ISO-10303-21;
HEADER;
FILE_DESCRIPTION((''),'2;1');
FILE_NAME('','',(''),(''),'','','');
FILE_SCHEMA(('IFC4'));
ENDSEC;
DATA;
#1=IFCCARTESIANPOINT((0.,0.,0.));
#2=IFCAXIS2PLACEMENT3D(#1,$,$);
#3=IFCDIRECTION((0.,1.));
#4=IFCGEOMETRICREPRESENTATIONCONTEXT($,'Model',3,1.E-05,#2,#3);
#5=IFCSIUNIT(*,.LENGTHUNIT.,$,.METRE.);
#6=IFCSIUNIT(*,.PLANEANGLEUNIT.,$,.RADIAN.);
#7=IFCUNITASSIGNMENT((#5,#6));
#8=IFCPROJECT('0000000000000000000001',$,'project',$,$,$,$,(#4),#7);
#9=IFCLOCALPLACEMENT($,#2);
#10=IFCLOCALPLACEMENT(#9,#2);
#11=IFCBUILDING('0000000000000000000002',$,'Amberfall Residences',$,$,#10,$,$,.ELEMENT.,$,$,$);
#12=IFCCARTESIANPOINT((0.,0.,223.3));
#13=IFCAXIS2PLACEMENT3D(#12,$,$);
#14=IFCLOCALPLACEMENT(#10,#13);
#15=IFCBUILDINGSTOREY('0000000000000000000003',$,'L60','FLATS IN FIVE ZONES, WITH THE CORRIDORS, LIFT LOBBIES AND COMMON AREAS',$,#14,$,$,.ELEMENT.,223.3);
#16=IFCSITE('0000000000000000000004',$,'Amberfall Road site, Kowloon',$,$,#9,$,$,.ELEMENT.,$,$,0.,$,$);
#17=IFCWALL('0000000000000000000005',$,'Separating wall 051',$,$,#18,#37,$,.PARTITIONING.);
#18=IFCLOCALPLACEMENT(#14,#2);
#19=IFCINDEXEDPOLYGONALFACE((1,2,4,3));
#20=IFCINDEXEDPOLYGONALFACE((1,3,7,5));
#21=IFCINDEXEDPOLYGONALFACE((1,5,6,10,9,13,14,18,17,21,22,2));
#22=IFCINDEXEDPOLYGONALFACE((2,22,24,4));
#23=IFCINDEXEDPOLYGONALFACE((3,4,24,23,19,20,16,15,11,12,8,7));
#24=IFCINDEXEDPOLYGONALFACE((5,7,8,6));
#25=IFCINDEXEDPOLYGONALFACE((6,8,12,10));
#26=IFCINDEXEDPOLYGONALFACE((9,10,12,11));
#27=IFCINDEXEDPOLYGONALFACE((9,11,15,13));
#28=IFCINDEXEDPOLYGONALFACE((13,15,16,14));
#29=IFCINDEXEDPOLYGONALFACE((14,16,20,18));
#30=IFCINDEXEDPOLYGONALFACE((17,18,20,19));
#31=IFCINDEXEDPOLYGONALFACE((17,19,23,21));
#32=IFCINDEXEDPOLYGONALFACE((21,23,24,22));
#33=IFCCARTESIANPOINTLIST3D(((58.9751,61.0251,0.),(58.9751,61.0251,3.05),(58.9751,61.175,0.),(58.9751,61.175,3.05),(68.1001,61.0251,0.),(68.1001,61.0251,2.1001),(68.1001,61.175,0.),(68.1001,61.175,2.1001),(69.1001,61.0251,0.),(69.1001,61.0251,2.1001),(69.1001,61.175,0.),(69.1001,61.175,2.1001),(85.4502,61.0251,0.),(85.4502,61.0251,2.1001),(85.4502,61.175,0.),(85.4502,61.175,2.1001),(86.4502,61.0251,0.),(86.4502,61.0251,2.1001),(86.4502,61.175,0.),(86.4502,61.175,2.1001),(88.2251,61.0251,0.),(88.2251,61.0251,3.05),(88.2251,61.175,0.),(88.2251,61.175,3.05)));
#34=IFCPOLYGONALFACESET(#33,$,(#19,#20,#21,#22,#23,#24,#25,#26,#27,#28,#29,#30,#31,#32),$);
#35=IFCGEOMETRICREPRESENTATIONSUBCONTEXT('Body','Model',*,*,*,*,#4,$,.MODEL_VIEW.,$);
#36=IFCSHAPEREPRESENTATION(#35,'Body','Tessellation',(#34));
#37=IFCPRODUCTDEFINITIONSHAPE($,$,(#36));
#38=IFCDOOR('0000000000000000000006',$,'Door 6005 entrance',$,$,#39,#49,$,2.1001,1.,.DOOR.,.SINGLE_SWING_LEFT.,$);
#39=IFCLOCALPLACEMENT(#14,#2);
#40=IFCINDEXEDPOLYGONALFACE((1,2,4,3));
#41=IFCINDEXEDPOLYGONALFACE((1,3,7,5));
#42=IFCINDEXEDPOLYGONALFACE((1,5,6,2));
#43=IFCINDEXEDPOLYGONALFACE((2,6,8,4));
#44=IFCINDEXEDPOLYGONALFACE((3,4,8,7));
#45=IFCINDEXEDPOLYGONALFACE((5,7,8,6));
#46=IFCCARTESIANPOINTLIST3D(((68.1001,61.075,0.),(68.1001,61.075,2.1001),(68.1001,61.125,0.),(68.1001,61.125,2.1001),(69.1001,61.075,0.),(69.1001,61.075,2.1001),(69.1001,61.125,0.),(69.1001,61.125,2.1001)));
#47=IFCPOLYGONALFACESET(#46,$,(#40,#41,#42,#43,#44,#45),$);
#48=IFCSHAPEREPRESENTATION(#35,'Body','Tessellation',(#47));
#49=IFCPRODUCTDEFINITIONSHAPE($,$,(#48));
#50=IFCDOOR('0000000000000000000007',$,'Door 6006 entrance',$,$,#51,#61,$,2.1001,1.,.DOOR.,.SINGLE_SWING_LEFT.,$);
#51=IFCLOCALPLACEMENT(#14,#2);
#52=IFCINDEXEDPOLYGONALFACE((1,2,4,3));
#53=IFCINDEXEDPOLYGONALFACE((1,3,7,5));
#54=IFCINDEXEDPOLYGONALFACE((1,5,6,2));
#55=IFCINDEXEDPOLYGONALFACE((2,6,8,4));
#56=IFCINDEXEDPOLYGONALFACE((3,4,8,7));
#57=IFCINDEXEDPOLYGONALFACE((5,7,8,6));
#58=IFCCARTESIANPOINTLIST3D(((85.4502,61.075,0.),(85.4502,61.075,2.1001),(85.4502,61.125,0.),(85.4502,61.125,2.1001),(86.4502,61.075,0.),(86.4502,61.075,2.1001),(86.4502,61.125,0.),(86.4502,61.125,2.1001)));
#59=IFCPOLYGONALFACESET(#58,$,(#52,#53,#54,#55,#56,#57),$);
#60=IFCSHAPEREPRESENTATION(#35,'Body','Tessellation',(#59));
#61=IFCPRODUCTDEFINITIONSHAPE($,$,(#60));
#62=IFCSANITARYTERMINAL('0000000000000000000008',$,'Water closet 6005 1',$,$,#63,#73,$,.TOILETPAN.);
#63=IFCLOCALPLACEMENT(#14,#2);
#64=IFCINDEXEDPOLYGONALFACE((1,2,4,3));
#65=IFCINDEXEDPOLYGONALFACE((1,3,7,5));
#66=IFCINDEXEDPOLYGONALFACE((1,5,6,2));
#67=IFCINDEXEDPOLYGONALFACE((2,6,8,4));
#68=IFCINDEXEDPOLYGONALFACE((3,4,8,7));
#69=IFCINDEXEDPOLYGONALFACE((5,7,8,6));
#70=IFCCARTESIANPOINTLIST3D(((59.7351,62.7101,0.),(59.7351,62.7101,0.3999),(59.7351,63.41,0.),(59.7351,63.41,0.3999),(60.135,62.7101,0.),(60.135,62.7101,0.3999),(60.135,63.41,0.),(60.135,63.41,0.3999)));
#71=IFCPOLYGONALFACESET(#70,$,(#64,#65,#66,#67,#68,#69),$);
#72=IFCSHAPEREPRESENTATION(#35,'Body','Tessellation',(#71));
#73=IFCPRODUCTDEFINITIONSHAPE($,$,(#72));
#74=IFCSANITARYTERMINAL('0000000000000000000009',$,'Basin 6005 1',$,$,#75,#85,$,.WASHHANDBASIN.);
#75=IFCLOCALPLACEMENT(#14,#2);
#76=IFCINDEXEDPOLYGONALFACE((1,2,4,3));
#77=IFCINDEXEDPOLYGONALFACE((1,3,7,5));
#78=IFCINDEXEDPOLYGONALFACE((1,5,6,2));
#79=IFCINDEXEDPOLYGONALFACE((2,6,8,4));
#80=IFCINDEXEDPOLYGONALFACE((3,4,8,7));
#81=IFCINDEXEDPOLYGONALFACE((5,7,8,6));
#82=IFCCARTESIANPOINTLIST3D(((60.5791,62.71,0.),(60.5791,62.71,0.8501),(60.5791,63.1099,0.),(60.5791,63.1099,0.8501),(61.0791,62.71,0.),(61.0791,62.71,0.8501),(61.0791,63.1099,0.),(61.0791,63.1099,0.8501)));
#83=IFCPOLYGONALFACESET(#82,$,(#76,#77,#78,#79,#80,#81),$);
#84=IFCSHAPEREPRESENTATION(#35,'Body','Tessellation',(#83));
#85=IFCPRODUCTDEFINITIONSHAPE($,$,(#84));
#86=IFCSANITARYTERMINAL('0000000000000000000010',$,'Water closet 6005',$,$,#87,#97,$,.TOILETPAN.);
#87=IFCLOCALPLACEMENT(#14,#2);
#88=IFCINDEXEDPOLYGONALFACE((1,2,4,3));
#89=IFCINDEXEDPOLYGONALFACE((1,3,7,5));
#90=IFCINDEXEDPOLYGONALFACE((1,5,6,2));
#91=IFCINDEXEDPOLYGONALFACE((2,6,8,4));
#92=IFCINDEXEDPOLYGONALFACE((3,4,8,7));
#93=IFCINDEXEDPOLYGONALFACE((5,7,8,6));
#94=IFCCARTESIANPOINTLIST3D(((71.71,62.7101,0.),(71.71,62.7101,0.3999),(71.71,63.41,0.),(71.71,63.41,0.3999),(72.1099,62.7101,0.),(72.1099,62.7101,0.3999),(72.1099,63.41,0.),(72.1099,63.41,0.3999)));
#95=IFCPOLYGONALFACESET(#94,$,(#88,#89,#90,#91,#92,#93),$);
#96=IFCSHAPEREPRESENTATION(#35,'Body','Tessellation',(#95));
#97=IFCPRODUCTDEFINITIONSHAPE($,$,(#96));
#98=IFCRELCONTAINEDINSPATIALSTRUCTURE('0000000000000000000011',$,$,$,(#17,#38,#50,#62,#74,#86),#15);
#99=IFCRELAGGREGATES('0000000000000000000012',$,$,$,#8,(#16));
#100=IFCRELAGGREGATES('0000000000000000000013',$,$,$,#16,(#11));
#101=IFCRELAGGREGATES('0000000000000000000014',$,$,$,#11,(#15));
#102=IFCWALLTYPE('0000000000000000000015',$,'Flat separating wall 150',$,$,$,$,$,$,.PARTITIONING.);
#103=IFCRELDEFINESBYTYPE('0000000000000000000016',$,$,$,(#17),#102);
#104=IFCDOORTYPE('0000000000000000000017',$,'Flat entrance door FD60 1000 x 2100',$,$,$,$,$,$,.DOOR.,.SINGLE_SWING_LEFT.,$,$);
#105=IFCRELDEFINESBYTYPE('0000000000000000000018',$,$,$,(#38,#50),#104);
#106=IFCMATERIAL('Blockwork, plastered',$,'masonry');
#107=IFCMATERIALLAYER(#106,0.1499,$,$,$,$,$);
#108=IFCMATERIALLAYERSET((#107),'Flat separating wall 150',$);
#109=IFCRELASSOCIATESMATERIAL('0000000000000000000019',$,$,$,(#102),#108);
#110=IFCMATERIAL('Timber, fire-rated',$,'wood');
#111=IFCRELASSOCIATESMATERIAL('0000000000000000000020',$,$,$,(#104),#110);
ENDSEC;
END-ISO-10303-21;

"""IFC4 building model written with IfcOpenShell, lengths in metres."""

from ifc_helpers import new_model, si_unit, direction, frame, frame_2d, origin, origin_2d, place, context, subcontext, project, spatial, rectangle, extrude, material, layer, layer_set, type_object, element, fill, save


model = new_model("IFC4")

# Units and contexts
model_context = context("Model", 3, precision=1e-05, world=origin(), true_north=direction((0.0, 1.0)))
body_context = subcontext(model_context, "Body", "Model", "MODEL_VIEW")
ifc_project = project(units=[si_unit("LENGTHUNIT", "METRE"), si_unit("PLANEANGLEUNIT", "RADIAN")], contexts=[model_context])

# Site, building, storey
site_placement = place(None, origin())
site = spatial("IfcSite", under=ifc_project, at=site_placement, Name="Amberfall Road site, Kowloon", CompositionType="ELEMENT", RefElevation=0.0)
building_placement = place(site_placement, origin())
building = spatial("IfcBuilding", under=site, at=building_placement, Name="Amberfall Residences", CompositionType="ELEMENT")
storey_placement = place(building_placement, frame((0.0, 0.0, 223.3)))
storey = spatial("IfcBuildingStorey", under=building, at=storey_placement, Name="L60", Description="FLATS IN FIVE ZONES, WITH THE CORRIDORS, LIFT LOBBIES AND COMMON AREAS", CompositionType="ELEMENT", Elevation=223.3)

# Shared definitions
ifc_material_1 = material(Name="Blockwork, plastered", Category="masonry")
ifc_layer_1 = layer(ifc_material_1, 0.1499)
ifc_layer_set_1 = layer_set([ifc_layer_1], Name="Flat separating wall 150")
wall_type_1 = type_object("IfcWallType", Name="Flat separating wall 150", PredefinedType="PARTITIONING", material=ifc_layer_set_1)

# Wall, openings, doors
wall_1_placement = place(storey_placement, frame((58.9751, 61.1001, 0.0), z_axis=(0.0, 0.0, 1.0), x_axis=(1.0, 0.0, 0.0)))
wall_1 = element("IfcWall", 1, at=wall_1_placement, inside=storey, type_object=wall_type_1, Name="Separating wall 051", PredefinedType="PARTITIONING", context=body_context, shape_type="SweptSolid", body=[
    extrude(rectangle(XDim=29.25, YDim=0.1499, at=frame_2d((14.625, 0.0))), origin(), (0.0, 0.0, 1.0), 3.05),
])
opening_1_placement = place(wall_1_placement, frame((9.125, 0.0, 0.0)))
opening_1 = element("IfcOpeningElement", 2, at=opening_1_placement, cuts=wall_1, PredefinedType="OPENING", context=body_context, shape_type="SweptSolid", body=[
    extrude(rectangle(XDim=1.0, YDim=2.1001, at=frame_2d((0.5, 1.05))), frame((0.0, 0.085, 0.0), z_axis=(0.0, -1.0, 0.0), x_axis=(1.0, 0.0, 0.0)), (0.0, 0.0, 1.0), 0.1699),
])
opening_2_placement = place(wall_1_placement, frame((26.4751, 0.0, 0.0)))
opening_2 = element("IfcOpeningElement", 3, at=opening_2_placement, cuts=wall_1, PredefinedType="OPENING", context=body_context, shape_type="SweptSolid", body=[
    extrude(rectangle(XDim=1.0, YDim=2.1001, at=frame_2d((0.5, 1.05))), frame((0.0, 0.085, 0.0), z_axis=(0.0, -1.0, 0.0), x_axis=(1.0, 0.0, 0.0)), (0.0, 0.0, 1.0), 0.1699),
])
ifc_material_2 = material(Name="Timber, fire-rated", Category="wood")
door_type_1 = type_object("IfcDoorType", Name="Flat entrance door FD60 1000 x 2100", OperationType="SINGLE_SWING_LEFT", PredefinedType="DOOR", material=ifc_material_2)
door_1_placement = place(opening_1_placement, origin())
door_1 = element("IfcDoor", 4, at=door_1_placement, inside=storey, type_object=door_type_1, Name="Door 6005 entrance", OperationType="SINGLE_SWING_LEFT", OverallHeight=2.1001, OverallWidth=1.0, PredefinedType="DOOR", context=body_context, shape_type="SweptSolid", body=[
    extrude(rectangle(XDim=1.0, YDim=2.1001, at=frame_2d((0.5, 1.05))), frame((0.0, 0.0249, 0.0), z_axis=(0.0, -1.0, 0.0), x_axis=(1.0, 0.0, 0.0)), (0.0, 0.0, 1.0), 0.05),
])
fill(opening_1, door_1)
door_2_placement = place(opening_2_placement, origin())
door_2 = element("IfcDoor", 5, at=door_2_placement, inside=storey, type_object=door_type_1, Name="Door 6006 entrance", OperationType="SINGLE_SWING_LEFT", OverallHeight=2.1001, OverallWidth=1.0, PredefinedType="DOOR", context=body_context, shape_type="SweptSolid", body=[
    extrude(rectangle(XDim=1.0, YDim=2.1001, at=frame_2d((0.5, 1.05))), frame((0.0, 0.0249, 0.0), z_axis=(0.0, -1.0, 0.0), x_axis=(1.0, 0.0, 0.0)), (0.0, 0.0, 1.0), 0.05),
])
fill(opening_2, door_2)

# Sanitary terminals
sanitary_terminal_1_placement = place(storey_placement, frame((59.9351, 63.0601, 0.0), z_axis=(0.0, 0.0, 1.0), x_axis=(1.0, 0.0, 0.0)))
element("IfcSanitaryTerminal", 6, at=sanitary_terminal_1_placement, inside=storey, Name="Water closet 6005 1", PredefinedType="TOILETPAN", context=body_context, shape_type="SweptSolid", body=[
    extrude(rectangle(XDim=0.3999, YDim=0.7, at=origin_2d()), origin(), (0.0, 0.0, 1.0), 0.3999),
])
sanitary_terminal_2_placement = place(storey_placement, frame((60.8291, 62.9099, 0.0), z_axis=(0.0, 0.0, 1.0), x_axis=(1.0, 0.0, 0.0)))
element("IfcSanitaryTerminal", 7, at=sanitary_terminal_2_placement, inside=storey, Name="Basin 6005 1", PredefinedType="WASHHANDBASIN", context=body_context, shape_type="SweptSolid", body=[
    extrude(rectangle(XDim=0.5, YDim=0.3999, at=origin_2d()), origin(), (0.0, 0.0, 1.0), 0.8501),
])
sanitary_terminal_3_placement = place(storey_placement, frame((71.9099, 63.0601, 0.0), z_axis=(0.0, 0.0, 1.0), x_axis=(1.0, 0.0, 0.0)))
element("IfcSanitaryTerminal", 8, at=sanitary_terminal_3_placement, inside=storey, Name="Water closet 6005", PredefinedType="TOILETPAN", context=body_context, shape_type="SweptSolid", body=[
    extrude(rectangle(XDim=0.3999, YDim=0.7, at=origin_2d()), origin(), (0.0, 0.0, 1.0), 0.3999),
])

save(model, "model.ifc")
